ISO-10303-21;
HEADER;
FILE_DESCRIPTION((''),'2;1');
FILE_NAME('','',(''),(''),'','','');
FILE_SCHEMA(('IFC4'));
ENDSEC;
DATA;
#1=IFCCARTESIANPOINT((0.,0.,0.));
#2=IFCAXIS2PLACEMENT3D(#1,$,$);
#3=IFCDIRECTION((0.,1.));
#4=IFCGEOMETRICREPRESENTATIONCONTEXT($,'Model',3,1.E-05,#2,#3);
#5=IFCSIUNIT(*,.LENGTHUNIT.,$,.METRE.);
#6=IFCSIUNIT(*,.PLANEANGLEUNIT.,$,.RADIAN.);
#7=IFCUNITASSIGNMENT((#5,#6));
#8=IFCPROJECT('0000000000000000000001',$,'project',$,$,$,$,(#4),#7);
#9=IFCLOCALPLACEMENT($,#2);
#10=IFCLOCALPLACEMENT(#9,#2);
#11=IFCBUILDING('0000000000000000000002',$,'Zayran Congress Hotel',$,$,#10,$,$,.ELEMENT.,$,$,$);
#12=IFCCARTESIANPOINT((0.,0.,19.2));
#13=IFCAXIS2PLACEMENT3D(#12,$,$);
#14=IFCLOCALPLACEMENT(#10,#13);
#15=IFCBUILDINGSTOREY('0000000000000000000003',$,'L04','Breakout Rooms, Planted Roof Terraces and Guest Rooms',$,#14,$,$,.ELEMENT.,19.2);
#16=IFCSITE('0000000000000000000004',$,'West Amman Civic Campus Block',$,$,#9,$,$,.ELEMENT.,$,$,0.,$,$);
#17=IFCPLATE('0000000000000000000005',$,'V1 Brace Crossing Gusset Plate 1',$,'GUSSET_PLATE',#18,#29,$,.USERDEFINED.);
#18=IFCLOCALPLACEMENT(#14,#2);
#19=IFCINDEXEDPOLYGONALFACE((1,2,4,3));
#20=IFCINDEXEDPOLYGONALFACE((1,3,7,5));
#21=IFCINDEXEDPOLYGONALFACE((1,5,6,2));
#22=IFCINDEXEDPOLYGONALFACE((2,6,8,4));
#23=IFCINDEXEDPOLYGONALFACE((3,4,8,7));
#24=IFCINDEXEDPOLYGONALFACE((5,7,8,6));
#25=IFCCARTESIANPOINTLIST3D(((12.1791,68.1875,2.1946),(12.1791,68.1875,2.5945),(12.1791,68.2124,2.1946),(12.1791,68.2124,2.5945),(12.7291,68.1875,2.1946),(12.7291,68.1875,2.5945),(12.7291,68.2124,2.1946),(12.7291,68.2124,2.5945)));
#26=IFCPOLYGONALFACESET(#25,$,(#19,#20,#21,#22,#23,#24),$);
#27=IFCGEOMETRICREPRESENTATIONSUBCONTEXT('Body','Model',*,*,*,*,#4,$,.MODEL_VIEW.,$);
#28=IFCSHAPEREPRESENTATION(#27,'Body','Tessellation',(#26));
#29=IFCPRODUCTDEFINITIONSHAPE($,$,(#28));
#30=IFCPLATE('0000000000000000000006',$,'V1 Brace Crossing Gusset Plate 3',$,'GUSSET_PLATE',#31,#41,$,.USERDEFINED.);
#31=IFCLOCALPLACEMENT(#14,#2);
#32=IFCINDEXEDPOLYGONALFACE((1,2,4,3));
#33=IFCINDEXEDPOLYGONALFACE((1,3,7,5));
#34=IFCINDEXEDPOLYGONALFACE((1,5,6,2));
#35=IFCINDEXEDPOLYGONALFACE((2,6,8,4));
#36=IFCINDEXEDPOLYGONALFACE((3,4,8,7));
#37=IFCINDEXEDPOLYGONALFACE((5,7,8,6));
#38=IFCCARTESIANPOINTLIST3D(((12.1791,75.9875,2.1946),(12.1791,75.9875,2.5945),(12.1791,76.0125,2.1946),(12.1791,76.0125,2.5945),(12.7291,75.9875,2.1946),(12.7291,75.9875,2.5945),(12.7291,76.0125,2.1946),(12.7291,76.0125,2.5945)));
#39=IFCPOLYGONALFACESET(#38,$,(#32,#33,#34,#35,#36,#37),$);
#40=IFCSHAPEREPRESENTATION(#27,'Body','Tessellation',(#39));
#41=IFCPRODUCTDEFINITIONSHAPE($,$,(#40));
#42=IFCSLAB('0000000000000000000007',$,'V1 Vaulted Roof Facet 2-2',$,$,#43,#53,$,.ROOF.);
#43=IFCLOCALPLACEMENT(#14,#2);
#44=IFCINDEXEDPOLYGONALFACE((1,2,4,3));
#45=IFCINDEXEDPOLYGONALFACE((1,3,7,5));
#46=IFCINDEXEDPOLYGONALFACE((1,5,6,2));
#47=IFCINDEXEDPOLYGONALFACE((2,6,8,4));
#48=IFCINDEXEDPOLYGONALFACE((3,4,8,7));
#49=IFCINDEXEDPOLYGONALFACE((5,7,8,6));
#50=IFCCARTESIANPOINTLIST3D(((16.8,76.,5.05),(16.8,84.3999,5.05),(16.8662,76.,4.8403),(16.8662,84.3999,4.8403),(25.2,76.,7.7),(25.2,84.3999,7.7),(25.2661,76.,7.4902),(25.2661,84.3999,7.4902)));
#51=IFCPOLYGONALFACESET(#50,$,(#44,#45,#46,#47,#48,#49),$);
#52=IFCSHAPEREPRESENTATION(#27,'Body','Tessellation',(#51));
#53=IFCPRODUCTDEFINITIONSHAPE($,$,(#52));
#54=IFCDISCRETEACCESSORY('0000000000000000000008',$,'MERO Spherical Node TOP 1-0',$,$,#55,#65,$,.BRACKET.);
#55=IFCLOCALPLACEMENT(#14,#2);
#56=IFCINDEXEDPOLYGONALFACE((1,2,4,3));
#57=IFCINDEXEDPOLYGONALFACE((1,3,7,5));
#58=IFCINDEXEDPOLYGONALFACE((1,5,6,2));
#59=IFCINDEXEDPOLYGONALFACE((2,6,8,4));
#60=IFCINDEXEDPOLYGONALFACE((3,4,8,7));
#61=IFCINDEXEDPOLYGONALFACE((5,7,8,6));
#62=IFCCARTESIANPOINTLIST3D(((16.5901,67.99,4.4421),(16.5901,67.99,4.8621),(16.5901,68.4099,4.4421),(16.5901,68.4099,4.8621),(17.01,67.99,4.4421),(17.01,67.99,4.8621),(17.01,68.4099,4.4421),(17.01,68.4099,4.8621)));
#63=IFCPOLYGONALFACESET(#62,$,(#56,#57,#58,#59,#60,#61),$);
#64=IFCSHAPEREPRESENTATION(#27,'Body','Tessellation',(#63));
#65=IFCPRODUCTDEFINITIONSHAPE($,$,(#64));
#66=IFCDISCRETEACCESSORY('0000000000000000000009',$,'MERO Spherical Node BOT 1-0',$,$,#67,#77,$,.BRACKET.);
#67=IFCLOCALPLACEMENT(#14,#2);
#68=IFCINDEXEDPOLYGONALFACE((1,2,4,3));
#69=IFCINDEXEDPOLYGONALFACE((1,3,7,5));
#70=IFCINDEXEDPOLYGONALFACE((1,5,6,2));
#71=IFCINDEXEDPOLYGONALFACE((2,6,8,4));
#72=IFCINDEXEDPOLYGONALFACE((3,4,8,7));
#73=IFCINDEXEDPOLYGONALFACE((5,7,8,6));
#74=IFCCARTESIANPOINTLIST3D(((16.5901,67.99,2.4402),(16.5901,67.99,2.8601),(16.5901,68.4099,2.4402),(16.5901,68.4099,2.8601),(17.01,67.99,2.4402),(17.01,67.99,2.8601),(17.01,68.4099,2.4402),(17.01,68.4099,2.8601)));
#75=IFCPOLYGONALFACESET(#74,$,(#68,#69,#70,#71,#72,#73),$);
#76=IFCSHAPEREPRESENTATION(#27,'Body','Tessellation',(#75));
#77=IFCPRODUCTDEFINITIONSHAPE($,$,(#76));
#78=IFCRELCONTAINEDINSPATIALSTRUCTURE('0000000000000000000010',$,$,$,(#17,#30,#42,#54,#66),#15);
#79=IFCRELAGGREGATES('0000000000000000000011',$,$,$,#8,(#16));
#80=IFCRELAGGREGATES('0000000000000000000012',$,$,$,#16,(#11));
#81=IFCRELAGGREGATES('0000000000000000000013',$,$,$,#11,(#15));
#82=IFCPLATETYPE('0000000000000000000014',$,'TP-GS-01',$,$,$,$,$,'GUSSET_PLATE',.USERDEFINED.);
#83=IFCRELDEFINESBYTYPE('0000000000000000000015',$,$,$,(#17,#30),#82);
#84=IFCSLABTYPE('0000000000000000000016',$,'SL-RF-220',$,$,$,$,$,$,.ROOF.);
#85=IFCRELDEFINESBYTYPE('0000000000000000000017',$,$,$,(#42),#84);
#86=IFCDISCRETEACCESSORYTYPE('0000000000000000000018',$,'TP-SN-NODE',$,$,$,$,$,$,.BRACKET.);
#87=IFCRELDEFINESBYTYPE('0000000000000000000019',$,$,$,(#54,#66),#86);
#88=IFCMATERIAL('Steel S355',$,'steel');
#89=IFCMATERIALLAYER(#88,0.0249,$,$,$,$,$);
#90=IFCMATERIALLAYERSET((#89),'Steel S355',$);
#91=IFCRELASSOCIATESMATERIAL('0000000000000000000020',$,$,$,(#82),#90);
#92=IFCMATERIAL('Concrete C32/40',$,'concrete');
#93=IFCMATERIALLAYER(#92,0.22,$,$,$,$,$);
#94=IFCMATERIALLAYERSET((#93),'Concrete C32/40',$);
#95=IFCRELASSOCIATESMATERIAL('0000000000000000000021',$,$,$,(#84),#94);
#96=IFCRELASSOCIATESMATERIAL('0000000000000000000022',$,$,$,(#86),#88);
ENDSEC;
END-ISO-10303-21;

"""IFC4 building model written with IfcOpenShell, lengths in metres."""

from ifc_helpers import new_model, si_unit, direction, frame, origin, origin_2d, place, context, subcontext, project, spatial, polyline, rectangle, outline, extrude, material, layer, layer_set, type_object, element, save


model = new_model("IFC4")

# Units and contexts
model_context = context("Model", 3, precision=1e-05, world=origin(), true_north=direction((0.0, 1.0)))
body_context = subcontext(model_context, "Body", "Model", "MODEL_VIEW")
ifc_project = project(units=[si_unit("LENGTHUNIT", "METRE"), si_unit("PLANEANGLEUNIT", "RADIAN")], contexts=[model_context])

# Site, building, storey
site_placement = place(None, origin())
site = spatial("IfcSite", under=ifc_project, at=site_placement, Name="West Amman Civic Campus Block", CompositionType="ELEMENT", RefElevation=0.0)
building_placement = place(site_placement, origin())
building = spatial("IfcBuilding", under=site, at=building_placement, Name="Zayran Congress Hotel", CompositionType="ELEMENT")
storey_placement = place(building_placement, frame((0.0, 0.0, 19.2)))
storey = spatial("IfcBuildingStorey", under=building, at=storey_placement, Name="L04", Description="Breakout Rooms, Planted Roof Terraces and Guest Rooms", CompositionType="ELEMENT", Elevation=19.2)

# Shared definitions
ifc_material_1 = material(Name="Steel S355", Category="steel")

# Plates
ifc_layer_1 = layer(ifc_material_1, 0.0249)
ifc_layer_set_1 = layer_set([ifc_layer_1], Name="Steel S355")
plate_type_1 = type_object("IfcPlateType", Name="TP-GS-01", ElementType="GUSSET_PLATE", PredefinedType="USERDEFINED", material=ifc_layer_set_1)
for number, where, z_axis, x_axis, name in (
    (1, (12.4541, 68.2, 2.1946), (0.0, 0.0, 1.0), (1.0, 0.0, 0.0), "V1 Brace Crossing Gusset Plate 1"),
    (2, (12.4541, 76.0, 2.1946), (0.0, 0.0, 1.0), (1.0, 0.0, 0.0), "V1 Brace Crossing Gusset Plate 3"),
):
    element("IfcPlate", number, at=place(storey_placement, frame(where, z_axis=z_axis, x_axis=x_axis)), inside=storey, type_object=plate_type_1, Name=name, ObjectType="GUSSET_PLATE", PredefinedType="USERDEFINED", context=body_context, shape_type="SweptSolid", body=[
        extrude(rectangle(XDim=0.55, YDim=0.0249, at=origin_2d()), origin(), (0.0, 0.0, 1.0), 0.3999),
    ])

# Slab
ifc_material_2 = material(Name="Concrete C32/40", Category="concrete")
ifc_layer_2 = layer(ifc_material_2, 0.22)
ifc_layer_set_2 = layer_set([ifc_layer_2], Name="Concrete C32/40")
slab_type = type_object("IfcSlabType", Name="SL-RF-220", PredefinedType="ROOF", material=ifc_layer_set_2)
slab_placement = place(storey_placement, frame((16.8, 76.0, 5.05), z_axis=(-0.300853, 0.0, 0.953671), x_axis=(0.953671, 0.0, 0.300853)))
element("IfcSlab", 3, at=slab_placement, inside=storey, type_object=slab_type, Name="V1 Vaulted Roof Facet 2-2", PredefinedType="ROOF", context=body_context, shape_type="SweptSolid", body=[
    extrude(outline(polyline([(0.0, 0.0), (8.808, 0.0), (8.808, 8.3999), (0.0, 8.3999), (0.0, 0.0)])), origin(), (0.0, 0.0, -1.0), 0.22),
])

# Discrete accessories
discrete_accessory_type = type_object("IfcDiscreteAccessoryType", Name="TP-SN-NODE", PredefinedType="BRACKET", material=ifc_material_1)
for number, where, z_axis, x_axis, name in (
    (4, (16.8, 68.2, 4.4421), (0.0, 0.0, 1.0), (1.0, 0.0, 0.0), "MERO Spherical Node TOP 1-0"),
    (5, (16.8, 68.2, 2.4402), (0.0, 0.0, 1.0), (1.0, 0.0, 0.0), "MERO Spherical Node BOT 1-0"),
):
    element("IfcDiscreteAccessory", number, at=place(storey_placement, frame(where, z_axis=z_axis, x_axis=x_axis)), inside=storey, type_object=discrete_accessory_type, Name=name, PredefinedType="BRACKET", context=body_context, shape_type="SweptSolid", body=[
        extrude(rectangle(XDim=0.4199, YDim=0.4199, at=origin_2d()), origin(), (0.0, 0.0, 1.0), 0.4199),
    ])

save(model, "model.ifc")
